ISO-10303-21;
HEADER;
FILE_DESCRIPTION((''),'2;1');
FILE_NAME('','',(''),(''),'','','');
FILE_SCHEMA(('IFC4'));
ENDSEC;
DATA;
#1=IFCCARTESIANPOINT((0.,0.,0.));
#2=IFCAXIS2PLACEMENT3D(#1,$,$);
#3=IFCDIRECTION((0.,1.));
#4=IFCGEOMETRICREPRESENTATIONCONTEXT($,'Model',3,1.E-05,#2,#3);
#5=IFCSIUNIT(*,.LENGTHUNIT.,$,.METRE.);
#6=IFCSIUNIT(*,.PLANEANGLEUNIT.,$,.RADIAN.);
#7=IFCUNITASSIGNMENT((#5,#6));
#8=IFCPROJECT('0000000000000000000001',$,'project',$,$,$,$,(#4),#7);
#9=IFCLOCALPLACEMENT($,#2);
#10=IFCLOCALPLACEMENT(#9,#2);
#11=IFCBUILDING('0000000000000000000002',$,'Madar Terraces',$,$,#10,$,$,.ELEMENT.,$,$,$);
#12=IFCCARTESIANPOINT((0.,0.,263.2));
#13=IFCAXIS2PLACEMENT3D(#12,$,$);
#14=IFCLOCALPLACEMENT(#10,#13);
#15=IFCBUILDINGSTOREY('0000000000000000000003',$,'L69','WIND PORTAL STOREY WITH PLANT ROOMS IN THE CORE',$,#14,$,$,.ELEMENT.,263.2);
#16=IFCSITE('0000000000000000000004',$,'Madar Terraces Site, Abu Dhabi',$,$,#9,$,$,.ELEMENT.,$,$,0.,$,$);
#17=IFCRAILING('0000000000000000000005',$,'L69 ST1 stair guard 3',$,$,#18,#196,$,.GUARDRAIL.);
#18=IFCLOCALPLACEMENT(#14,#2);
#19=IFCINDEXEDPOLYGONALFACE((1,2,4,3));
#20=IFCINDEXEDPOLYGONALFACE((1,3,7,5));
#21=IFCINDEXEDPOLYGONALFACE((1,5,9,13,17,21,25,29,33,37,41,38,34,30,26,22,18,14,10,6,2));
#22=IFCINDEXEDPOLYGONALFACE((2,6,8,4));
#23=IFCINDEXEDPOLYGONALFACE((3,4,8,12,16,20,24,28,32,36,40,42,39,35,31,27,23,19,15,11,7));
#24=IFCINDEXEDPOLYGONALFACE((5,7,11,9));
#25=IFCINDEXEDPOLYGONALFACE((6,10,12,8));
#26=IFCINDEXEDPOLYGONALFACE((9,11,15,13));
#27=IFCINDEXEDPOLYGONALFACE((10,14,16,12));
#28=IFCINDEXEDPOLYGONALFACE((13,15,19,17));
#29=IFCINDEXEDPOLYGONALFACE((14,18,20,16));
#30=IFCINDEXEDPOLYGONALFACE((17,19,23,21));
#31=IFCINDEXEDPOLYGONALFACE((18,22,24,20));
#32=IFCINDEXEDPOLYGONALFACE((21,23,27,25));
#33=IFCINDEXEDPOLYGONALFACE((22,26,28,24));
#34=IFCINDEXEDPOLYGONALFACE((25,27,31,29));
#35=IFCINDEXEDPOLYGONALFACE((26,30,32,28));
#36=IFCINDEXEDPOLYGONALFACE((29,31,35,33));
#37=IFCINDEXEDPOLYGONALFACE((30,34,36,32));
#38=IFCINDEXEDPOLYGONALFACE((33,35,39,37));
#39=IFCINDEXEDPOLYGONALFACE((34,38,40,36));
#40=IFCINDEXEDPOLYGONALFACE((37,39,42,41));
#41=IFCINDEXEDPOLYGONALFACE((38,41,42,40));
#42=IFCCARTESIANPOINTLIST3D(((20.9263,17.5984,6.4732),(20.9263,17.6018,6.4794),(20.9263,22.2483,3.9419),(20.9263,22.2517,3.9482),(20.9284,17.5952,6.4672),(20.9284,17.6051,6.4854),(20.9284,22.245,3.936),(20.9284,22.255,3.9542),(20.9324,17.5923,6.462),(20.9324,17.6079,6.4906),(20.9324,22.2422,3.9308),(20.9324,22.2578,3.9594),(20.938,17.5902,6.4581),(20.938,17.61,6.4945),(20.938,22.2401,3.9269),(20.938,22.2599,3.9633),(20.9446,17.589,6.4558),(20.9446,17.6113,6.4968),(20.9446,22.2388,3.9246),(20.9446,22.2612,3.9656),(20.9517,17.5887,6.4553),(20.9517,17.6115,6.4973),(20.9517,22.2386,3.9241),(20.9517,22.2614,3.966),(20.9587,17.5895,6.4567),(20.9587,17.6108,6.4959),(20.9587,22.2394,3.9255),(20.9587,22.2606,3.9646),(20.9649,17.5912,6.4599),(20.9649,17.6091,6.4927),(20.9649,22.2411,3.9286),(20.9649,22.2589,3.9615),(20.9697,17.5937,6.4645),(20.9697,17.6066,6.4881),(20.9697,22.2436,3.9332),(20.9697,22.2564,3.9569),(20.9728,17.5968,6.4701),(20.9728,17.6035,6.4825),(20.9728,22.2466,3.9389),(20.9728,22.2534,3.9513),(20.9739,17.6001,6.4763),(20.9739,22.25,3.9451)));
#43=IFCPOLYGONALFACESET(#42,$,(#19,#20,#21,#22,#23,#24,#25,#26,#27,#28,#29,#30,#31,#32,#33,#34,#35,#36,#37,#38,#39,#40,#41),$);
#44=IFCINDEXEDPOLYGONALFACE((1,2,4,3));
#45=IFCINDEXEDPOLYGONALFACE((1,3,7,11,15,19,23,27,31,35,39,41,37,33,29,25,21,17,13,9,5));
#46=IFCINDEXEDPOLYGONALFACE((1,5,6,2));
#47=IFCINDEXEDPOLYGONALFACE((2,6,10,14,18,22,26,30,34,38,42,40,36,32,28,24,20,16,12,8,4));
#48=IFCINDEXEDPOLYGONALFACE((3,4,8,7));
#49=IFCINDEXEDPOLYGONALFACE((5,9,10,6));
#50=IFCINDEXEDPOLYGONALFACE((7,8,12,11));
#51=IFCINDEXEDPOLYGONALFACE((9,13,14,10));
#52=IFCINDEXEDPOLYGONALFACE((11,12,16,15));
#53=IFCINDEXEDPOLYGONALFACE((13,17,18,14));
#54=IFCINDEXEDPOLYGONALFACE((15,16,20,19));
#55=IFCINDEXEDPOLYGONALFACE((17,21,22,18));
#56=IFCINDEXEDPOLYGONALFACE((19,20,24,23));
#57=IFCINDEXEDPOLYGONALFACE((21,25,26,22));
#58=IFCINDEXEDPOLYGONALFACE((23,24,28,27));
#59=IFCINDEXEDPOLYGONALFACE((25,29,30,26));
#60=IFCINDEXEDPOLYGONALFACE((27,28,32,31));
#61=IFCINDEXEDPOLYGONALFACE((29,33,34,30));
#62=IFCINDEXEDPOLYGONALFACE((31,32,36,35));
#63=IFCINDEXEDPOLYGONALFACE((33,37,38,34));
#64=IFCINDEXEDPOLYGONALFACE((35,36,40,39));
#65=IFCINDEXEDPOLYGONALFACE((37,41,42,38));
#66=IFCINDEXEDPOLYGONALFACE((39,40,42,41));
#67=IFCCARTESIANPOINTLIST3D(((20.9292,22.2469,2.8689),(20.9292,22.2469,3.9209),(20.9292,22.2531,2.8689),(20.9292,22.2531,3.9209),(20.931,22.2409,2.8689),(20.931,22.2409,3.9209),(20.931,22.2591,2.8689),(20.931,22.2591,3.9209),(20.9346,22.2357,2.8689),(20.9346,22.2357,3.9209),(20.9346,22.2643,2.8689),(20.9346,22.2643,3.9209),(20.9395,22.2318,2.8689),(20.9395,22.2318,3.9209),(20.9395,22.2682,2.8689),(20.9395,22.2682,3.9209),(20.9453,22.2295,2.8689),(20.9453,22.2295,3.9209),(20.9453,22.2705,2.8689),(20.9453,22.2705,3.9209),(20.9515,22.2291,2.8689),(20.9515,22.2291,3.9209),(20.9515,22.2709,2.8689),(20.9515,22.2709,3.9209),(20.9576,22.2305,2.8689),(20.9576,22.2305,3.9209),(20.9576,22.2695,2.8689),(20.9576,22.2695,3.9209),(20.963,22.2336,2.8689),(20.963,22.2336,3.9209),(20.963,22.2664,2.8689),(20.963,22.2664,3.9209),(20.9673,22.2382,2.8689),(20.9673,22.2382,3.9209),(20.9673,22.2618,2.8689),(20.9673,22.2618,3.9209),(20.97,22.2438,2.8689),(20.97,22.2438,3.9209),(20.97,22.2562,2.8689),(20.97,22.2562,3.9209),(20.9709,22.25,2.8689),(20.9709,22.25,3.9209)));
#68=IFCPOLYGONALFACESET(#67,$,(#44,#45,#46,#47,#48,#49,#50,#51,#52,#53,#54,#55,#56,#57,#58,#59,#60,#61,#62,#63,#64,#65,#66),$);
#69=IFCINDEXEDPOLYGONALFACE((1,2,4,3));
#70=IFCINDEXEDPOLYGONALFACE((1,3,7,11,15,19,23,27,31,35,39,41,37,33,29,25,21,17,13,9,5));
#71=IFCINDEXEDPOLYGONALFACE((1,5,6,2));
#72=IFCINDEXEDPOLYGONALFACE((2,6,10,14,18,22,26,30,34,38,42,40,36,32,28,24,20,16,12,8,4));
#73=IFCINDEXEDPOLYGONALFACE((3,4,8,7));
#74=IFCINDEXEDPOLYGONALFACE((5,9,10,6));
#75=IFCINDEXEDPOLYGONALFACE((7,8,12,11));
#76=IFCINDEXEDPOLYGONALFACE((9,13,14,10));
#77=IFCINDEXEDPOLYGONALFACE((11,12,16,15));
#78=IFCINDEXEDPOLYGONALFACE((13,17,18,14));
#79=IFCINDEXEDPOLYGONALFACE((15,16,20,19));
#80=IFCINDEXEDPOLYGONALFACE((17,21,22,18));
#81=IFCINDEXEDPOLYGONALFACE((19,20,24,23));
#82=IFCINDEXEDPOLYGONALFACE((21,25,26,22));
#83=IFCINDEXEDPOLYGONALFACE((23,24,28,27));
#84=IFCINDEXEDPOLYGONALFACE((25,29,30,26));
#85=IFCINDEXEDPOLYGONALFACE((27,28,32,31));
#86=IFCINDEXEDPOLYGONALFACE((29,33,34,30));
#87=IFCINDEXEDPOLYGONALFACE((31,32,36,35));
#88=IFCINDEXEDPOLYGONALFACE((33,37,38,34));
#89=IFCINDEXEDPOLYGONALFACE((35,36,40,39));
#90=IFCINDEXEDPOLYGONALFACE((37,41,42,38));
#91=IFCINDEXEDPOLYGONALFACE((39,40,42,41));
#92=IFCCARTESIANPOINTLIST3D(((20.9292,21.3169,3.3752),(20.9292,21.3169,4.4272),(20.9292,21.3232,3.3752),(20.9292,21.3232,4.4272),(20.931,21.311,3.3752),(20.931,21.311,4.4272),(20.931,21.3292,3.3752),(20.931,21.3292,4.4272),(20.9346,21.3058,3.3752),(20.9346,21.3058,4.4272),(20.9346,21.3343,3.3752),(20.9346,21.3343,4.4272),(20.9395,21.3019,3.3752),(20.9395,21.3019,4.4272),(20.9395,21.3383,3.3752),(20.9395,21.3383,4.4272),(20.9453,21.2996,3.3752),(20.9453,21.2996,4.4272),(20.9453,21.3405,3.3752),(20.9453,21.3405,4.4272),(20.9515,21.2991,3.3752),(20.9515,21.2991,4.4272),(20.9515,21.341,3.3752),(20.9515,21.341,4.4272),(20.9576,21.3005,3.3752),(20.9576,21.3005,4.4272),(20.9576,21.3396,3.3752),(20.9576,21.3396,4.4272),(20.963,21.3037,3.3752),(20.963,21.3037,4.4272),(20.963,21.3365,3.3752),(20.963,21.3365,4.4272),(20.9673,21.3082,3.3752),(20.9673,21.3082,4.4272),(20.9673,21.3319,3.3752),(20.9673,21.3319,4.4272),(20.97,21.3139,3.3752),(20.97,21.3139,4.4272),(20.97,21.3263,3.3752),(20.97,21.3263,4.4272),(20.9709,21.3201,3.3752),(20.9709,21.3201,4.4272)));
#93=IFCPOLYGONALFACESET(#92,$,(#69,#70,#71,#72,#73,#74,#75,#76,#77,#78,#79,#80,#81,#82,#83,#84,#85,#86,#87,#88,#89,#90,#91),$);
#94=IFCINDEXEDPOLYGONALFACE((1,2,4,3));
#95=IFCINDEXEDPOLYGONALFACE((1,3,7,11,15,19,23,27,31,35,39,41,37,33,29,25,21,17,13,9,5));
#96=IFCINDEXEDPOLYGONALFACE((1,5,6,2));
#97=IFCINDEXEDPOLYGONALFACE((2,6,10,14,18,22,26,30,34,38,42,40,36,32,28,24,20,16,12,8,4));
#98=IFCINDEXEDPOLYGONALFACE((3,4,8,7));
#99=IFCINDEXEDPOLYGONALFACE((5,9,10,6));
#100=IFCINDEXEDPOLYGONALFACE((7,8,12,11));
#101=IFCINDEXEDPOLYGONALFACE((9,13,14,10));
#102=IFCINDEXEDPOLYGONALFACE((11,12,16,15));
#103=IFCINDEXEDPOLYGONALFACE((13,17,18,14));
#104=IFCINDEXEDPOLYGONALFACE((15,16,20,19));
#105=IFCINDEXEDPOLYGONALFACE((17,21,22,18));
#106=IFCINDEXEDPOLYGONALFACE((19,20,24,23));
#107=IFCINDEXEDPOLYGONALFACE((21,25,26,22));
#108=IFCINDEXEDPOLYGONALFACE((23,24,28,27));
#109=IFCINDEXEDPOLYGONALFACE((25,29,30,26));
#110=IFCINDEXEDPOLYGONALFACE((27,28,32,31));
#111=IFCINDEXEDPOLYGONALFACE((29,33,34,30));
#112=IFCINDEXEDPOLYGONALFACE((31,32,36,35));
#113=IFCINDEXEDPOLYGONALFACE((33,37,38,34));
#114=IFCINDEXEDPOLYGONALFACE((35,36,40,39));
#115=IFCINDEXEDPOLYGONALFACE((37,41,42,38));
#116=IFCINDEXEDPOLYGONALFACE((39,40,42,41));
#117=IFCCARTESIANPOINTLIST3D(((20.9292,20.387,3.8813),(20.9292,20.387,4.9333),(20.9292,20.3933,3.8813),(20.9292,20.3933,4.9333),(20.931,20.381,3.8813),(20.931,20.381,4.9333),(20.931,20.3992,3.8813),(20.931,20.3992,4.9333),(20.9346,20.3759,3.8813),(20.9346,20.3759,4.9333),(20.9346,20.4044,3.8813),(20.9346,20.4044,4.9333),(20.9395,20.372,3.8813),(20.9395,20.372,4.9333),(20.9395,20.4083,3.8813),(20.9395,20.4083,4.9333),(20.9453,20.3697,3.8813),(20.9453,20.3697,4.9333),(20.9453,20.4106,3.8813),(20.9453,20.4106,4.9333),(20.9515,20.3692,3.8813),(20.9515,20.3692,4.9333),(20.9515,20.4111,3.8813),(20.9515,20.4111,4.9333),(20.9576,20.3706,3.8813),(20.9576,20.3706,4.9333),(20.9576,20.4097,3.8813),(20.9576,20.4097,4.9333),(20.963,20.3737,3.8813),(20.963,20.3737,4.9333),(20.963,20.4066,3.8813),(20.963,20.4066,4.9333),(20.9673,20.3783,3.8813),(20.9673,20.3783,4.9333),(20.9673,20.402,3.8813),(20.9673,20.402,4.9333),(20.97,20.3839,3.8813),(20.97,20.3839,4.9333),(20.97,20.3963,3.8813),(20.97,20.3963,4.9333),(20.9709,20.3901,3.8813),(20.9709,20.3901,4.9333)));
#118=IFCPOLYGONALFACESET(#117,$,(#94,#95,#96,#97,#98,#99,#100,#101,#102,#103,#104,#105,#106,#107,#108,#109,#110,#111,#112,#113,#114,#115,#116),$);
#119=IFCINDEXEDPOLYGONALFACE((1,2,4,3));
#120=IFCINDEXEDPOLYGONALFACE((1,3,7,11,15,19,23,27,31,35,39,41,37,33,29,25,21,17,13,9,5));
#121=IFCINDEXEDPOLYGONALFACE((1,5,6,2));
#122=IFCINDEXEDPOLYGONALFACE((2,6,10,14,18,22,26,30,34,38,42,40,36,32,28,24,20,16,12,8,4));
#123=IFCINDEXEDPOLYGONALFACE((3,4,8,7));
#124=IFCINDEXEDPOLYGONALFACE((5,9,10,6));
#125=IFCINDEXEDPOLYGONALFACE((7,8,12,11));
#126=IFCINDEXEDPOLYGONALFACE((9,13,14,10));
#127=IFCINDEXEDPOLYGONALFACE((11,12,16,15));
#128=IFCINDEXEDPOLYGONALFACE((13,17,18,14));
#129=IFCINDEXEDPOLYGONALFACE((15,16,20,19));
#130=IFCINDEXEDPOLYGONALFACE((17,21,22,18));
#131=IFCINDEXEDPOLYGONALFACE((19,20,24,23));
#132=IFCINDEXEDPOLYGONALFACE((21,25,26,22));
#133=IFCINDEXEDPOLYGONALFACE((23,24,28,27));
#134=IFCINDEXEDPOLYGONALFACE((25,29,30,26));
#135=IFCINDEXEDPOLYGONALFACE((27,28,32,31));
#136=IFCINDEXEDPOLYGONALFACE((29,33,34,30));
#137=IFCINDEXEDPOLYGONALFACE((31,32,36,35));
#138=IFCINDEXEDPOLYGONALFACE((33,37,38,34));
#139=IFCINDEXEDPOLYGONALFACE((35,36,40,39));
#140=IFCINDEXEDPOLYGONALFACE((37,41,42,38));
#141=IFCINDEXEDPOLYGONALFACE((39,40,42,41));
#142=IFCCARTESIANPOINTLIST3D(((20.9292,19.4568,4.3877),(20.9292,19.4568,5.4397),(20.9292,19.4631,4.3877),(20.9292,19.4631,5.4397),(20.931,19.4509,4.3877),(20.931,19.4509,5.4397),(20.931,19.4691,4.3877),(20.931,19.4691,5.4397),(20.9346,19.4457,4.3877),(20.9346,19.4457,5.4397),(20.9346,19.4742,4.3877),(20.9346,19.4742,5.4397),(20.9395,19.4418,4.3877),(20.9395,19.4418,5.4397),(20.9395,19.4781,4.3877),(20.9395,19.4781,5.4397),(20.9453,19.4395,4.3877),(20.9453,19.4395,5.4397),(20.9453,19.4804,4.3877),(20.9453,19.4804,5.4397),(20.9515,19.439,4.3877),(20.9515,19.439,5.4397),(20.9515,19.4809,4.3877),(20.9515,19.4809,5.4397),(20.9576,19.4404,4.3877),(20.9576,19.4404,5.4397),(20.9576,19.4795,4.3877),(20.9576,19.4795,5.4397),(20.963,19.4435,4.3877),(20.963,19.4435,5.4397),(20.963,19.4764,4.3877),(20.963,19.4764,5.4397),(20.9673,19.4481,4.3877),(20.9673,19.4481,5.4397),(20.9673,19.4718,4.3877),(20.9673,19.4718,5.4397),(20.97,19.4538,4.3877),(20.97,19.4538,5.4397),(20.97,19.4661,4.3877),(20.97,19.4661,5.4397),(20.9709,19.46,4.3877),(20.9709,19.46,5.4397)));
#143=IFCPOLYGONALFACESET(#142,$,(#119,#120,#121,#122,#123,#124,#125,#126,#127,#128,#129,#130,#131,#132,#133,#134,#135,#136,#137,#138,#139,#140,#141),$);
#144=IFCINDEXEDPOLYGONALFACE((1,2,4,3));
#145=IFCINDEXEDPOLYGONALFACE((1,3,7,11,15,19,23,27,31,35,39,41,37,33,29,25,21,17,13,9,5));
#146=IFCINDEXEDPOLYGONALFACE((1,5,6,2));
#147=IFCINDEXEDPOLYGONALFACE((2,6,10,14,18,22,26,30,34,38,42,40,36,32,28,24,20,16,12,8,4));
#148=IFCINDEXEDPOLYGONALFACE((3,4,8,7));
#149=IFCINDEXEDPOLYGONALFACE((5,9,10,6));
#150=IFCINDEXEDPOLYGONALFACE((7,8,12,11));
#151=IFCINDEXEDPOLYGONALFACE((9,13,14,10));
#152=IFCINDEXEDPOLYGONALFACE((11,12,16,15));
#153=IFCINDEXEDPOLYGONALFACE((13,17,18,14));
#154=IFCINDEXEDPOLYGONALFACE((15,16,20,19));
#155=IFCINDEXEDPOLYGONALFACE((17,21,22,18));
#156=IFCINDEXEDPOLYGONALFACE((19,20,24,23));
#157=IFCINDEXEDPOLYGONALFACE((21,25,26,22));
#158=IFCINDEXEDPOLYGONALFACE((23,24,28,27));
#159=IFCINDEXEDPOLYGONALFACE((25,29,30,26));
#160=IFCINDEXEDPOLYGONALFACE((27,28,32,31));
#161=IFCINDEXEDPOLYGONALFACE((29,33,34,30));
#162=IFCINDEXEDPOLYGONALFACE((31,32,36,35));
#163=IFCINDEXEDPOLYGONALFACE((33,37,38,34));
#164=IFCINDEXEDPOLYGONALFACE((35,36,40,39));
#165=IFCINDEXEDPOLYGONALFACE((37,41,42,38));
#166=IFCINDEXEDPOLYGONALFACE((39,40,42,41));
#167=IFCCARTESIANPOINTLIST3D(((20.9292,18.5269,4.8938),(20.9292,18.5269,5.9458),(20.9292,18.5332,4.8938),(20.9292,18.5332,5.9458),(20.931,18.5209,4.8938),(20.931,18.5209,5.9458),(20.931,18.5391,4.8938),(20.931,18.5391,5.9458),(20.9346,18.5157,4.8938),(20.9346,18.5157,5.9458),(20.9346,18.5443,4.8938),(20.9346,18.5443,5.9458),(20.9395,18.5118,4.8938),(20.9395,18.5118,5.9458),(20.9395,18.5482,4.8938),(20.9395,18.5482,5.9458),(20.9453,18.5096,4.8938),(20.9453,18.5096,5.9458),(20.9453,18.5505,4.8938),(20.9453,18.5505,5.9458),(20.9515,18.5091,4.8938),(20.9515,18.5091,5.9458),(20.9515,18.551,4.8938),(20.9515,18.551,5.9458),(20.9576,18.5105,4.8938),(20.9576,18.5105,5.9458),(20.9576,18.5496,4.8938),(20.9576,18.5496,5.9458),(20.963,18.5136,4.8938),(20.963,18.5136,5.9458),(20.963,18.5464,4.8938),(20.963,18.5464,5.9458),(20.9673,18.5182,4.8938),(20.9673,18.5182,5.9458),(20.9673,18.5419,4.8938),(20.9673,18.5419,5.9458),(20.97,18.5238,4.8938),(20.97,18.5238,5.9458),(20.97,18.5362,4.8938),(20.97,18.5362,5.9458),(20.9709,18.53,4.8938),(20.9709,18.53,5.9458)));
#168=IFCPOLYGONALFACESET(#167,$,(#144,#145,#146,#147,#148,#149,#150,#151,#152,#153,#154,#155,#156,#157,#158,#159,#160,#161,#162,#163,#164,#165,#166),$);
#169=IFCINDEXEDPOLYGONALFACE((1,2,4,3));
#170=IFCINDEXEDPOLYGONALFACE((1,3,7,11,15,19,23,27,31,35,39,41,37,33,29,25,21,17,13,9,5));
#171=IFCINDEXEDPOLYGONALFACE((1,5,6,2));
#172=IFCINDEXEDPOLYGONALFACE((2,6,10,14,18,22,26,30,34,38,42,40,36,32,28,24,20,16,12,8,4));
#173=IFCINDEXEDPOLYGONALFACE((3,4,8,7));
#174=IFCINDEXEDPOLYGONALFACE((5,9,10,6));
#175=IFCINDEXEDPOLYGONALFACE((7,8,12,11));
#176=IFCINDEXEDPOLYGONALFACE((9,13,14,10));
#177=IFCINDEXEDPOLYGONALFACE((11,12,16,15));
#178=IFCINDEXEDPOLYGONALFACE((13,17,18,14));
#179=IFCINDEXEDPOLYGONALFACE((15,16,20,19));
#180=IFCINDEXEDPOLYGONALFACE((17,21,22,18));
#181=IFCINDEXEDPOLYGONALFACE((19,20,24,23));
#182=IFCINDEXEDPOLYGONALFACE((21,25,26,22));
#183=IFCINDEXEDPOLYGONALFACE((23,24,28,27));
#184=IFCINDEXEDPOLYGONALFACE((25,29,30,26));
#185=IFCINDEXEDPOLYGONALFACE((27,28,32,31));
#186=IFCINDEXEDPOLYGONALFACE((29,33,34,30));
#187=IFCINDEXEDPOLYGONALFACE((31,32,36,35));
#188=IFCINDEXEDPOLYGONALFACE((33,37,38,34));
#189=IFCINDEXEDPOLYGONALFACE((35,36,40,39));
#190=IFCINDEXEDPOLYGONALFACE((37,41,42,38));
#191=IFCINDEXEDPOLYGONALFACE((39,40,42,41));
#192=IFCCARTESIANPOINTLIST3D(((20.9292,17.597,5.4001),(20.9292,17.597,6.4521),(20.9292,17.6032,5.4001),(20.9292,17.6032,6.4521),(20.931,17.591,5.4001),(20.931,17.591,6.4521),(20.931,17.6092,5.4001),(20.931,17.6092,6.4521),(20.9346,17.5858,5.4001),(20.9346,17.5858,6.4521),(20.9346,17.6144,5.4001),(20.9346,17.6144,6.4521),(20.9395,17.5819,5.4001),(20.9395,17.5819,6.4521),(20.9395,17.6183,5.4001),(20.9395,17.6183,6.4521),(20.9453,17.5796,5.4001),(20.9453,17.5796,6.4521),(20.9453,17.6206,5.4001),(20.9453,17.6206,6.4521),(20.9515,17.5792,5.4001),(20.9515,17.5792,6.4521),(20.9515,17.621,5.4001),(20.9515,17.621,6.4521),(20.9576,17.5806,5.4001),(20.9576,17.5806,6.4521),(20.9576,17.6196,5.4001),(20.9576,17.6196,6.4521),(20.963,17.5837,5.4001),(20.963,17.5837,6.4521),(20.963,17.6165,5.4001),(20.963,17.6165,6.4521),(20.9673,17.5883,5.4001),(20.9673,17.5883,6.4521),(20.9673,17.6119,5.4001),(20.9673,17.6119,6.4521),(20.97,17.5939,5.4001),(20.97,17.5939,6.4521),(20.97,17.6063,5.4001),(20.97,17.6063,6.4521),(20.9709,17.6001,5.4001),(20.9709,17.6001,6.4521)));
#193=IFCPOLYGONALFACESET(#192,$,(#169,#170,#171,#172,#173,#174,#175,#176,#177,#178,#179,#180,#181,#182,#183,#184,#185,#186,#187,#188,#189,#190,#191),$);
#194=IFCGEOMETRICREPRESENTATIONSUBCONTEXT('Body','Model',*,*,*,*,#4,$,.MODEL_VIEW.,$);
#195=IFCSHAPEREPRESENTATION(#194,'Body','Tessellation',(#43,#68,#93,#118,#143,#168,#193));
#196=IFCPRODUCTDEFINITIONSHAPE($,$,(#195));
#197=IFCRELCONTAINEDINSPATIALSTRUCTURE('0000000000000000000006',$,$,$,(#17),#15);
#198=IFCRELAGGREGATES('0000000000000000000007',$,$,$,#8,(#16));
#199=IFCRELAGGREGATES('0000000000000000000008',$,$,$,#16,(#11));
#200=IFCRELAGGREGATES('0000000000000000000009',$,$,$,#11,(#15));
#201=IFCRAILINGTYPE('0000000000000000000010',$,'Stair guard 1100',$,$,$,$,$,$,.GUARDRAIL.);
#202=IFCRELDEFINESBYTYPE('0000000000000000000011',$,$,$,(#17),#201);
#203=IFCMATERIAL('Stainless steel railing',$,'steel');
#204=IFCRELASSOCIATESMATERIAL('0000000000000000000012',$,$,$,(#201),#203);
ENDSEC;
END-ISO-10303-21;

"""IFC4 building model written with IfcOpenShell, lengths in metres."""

from ifc_helpers import new_model, si_unit, direction, frame, origin, origin_2d, place, context, subcontext, project, spatial, circle, extrude, material, type_object, element, save


model = new_model("IFC4")

# Units and contexts
model_context = context("Model", 3, precision=1e-05, world=origin(), true_north=direction((0.0, 1.0)))
body_context = subcontext(model_context, "Body", "Model", "MODEL_VIEW")
ifc_project = project(units=[si_unit("LENGTHUNIT", "METRE"), si_unit("PLANEANGLEUNIT", "RADIAN")], contexts=[model_context])

# Site, building, storey
site_placement = place(None, origin())
site = spatial("IfcSite", under=ifc_project, at=site_placement, Name="Madar Terraces Site, Abu Dhabi", CompositionType="ELEMENT", RefElevation=0.0)
building_placement = place(site_placement, origin())
building = spatial("IfcBuilding", under=site, at=building_placement, Name="Madar Terraces", CompositionType="ELEMENT")
storey_placement = place(building_placement, frame((0.0, 0.0, 263.2)))
storey = spatial("IfcBuildingStorey", under=building, at=storey_placement, Name="L69", Description="WIND PORTAL STOREY WITH PLANT ROOMS IN THE CORE", CompositionType="ELEMENT", Elevation=263.2)

# Railing
ifc_material_1 = material(Name="Stainless steel railing", Category="steel")
railing_type_1 = type_object("IfcRailingType", Name="Stair guard 1100", PredefinedType="GUARDRAIL", material=ifc_material_1)
railing_1_placement = place(storey_placement, frame((20.95, 22.25, 2.8689)))
element("IfcRailing", 1, at=railing_1_placement, inside=storey, type_object=railing_type_1, Name="L69 ST1 stair guard 3", PredefinedType="GUARDRAIL", context=body_context, shape_type="SweptSolid", body=[
    extrude(circle(Radius=0.0239, at=origin_2d()), frame((0.0, 0.0, 1.0762), z_axis=(0.0, -0.878297, 0.478115), x_axis=(1.0, 0.0, 0.0)), (0.0, 0.0, 1.0), 5.2942),
    extrude(circle(Radius=0.021, at=origin_2d()), origin(), (0.0, 0.0, 1.0), 1.052),
    extrude(circle(Radius=0.021, at=origin_2d()), frame((0.0, -0.9299, 0.5063)), (0.0, 0.0, 1.0), 1.052),
    extrude(circle(Radius=0.021, at=origin_2d()), frame((0.0, -1.8599, 1.0125)), (0.0, 0.0, 1.0), 1.052),
    extrude(circle(Radius=0.021, at=origin_2d()), frame((0.0, -2.79, 1.5188)), (0.0, 0.0, 1.0), 1.052),
    extrude(circle(Radius=0.021, at=origin_2d()), frame((0.0, -3.72, 2.0249)), (0.0, 0.0, 1.0), 1.052),
    extrude(circle(Radius=0.021, at=origin_2d()), frame((0.0, -4.6499, 2.5312)), (0.0, 0.0, 1.0), 1.052),
])

save(model, "model.ifc")
